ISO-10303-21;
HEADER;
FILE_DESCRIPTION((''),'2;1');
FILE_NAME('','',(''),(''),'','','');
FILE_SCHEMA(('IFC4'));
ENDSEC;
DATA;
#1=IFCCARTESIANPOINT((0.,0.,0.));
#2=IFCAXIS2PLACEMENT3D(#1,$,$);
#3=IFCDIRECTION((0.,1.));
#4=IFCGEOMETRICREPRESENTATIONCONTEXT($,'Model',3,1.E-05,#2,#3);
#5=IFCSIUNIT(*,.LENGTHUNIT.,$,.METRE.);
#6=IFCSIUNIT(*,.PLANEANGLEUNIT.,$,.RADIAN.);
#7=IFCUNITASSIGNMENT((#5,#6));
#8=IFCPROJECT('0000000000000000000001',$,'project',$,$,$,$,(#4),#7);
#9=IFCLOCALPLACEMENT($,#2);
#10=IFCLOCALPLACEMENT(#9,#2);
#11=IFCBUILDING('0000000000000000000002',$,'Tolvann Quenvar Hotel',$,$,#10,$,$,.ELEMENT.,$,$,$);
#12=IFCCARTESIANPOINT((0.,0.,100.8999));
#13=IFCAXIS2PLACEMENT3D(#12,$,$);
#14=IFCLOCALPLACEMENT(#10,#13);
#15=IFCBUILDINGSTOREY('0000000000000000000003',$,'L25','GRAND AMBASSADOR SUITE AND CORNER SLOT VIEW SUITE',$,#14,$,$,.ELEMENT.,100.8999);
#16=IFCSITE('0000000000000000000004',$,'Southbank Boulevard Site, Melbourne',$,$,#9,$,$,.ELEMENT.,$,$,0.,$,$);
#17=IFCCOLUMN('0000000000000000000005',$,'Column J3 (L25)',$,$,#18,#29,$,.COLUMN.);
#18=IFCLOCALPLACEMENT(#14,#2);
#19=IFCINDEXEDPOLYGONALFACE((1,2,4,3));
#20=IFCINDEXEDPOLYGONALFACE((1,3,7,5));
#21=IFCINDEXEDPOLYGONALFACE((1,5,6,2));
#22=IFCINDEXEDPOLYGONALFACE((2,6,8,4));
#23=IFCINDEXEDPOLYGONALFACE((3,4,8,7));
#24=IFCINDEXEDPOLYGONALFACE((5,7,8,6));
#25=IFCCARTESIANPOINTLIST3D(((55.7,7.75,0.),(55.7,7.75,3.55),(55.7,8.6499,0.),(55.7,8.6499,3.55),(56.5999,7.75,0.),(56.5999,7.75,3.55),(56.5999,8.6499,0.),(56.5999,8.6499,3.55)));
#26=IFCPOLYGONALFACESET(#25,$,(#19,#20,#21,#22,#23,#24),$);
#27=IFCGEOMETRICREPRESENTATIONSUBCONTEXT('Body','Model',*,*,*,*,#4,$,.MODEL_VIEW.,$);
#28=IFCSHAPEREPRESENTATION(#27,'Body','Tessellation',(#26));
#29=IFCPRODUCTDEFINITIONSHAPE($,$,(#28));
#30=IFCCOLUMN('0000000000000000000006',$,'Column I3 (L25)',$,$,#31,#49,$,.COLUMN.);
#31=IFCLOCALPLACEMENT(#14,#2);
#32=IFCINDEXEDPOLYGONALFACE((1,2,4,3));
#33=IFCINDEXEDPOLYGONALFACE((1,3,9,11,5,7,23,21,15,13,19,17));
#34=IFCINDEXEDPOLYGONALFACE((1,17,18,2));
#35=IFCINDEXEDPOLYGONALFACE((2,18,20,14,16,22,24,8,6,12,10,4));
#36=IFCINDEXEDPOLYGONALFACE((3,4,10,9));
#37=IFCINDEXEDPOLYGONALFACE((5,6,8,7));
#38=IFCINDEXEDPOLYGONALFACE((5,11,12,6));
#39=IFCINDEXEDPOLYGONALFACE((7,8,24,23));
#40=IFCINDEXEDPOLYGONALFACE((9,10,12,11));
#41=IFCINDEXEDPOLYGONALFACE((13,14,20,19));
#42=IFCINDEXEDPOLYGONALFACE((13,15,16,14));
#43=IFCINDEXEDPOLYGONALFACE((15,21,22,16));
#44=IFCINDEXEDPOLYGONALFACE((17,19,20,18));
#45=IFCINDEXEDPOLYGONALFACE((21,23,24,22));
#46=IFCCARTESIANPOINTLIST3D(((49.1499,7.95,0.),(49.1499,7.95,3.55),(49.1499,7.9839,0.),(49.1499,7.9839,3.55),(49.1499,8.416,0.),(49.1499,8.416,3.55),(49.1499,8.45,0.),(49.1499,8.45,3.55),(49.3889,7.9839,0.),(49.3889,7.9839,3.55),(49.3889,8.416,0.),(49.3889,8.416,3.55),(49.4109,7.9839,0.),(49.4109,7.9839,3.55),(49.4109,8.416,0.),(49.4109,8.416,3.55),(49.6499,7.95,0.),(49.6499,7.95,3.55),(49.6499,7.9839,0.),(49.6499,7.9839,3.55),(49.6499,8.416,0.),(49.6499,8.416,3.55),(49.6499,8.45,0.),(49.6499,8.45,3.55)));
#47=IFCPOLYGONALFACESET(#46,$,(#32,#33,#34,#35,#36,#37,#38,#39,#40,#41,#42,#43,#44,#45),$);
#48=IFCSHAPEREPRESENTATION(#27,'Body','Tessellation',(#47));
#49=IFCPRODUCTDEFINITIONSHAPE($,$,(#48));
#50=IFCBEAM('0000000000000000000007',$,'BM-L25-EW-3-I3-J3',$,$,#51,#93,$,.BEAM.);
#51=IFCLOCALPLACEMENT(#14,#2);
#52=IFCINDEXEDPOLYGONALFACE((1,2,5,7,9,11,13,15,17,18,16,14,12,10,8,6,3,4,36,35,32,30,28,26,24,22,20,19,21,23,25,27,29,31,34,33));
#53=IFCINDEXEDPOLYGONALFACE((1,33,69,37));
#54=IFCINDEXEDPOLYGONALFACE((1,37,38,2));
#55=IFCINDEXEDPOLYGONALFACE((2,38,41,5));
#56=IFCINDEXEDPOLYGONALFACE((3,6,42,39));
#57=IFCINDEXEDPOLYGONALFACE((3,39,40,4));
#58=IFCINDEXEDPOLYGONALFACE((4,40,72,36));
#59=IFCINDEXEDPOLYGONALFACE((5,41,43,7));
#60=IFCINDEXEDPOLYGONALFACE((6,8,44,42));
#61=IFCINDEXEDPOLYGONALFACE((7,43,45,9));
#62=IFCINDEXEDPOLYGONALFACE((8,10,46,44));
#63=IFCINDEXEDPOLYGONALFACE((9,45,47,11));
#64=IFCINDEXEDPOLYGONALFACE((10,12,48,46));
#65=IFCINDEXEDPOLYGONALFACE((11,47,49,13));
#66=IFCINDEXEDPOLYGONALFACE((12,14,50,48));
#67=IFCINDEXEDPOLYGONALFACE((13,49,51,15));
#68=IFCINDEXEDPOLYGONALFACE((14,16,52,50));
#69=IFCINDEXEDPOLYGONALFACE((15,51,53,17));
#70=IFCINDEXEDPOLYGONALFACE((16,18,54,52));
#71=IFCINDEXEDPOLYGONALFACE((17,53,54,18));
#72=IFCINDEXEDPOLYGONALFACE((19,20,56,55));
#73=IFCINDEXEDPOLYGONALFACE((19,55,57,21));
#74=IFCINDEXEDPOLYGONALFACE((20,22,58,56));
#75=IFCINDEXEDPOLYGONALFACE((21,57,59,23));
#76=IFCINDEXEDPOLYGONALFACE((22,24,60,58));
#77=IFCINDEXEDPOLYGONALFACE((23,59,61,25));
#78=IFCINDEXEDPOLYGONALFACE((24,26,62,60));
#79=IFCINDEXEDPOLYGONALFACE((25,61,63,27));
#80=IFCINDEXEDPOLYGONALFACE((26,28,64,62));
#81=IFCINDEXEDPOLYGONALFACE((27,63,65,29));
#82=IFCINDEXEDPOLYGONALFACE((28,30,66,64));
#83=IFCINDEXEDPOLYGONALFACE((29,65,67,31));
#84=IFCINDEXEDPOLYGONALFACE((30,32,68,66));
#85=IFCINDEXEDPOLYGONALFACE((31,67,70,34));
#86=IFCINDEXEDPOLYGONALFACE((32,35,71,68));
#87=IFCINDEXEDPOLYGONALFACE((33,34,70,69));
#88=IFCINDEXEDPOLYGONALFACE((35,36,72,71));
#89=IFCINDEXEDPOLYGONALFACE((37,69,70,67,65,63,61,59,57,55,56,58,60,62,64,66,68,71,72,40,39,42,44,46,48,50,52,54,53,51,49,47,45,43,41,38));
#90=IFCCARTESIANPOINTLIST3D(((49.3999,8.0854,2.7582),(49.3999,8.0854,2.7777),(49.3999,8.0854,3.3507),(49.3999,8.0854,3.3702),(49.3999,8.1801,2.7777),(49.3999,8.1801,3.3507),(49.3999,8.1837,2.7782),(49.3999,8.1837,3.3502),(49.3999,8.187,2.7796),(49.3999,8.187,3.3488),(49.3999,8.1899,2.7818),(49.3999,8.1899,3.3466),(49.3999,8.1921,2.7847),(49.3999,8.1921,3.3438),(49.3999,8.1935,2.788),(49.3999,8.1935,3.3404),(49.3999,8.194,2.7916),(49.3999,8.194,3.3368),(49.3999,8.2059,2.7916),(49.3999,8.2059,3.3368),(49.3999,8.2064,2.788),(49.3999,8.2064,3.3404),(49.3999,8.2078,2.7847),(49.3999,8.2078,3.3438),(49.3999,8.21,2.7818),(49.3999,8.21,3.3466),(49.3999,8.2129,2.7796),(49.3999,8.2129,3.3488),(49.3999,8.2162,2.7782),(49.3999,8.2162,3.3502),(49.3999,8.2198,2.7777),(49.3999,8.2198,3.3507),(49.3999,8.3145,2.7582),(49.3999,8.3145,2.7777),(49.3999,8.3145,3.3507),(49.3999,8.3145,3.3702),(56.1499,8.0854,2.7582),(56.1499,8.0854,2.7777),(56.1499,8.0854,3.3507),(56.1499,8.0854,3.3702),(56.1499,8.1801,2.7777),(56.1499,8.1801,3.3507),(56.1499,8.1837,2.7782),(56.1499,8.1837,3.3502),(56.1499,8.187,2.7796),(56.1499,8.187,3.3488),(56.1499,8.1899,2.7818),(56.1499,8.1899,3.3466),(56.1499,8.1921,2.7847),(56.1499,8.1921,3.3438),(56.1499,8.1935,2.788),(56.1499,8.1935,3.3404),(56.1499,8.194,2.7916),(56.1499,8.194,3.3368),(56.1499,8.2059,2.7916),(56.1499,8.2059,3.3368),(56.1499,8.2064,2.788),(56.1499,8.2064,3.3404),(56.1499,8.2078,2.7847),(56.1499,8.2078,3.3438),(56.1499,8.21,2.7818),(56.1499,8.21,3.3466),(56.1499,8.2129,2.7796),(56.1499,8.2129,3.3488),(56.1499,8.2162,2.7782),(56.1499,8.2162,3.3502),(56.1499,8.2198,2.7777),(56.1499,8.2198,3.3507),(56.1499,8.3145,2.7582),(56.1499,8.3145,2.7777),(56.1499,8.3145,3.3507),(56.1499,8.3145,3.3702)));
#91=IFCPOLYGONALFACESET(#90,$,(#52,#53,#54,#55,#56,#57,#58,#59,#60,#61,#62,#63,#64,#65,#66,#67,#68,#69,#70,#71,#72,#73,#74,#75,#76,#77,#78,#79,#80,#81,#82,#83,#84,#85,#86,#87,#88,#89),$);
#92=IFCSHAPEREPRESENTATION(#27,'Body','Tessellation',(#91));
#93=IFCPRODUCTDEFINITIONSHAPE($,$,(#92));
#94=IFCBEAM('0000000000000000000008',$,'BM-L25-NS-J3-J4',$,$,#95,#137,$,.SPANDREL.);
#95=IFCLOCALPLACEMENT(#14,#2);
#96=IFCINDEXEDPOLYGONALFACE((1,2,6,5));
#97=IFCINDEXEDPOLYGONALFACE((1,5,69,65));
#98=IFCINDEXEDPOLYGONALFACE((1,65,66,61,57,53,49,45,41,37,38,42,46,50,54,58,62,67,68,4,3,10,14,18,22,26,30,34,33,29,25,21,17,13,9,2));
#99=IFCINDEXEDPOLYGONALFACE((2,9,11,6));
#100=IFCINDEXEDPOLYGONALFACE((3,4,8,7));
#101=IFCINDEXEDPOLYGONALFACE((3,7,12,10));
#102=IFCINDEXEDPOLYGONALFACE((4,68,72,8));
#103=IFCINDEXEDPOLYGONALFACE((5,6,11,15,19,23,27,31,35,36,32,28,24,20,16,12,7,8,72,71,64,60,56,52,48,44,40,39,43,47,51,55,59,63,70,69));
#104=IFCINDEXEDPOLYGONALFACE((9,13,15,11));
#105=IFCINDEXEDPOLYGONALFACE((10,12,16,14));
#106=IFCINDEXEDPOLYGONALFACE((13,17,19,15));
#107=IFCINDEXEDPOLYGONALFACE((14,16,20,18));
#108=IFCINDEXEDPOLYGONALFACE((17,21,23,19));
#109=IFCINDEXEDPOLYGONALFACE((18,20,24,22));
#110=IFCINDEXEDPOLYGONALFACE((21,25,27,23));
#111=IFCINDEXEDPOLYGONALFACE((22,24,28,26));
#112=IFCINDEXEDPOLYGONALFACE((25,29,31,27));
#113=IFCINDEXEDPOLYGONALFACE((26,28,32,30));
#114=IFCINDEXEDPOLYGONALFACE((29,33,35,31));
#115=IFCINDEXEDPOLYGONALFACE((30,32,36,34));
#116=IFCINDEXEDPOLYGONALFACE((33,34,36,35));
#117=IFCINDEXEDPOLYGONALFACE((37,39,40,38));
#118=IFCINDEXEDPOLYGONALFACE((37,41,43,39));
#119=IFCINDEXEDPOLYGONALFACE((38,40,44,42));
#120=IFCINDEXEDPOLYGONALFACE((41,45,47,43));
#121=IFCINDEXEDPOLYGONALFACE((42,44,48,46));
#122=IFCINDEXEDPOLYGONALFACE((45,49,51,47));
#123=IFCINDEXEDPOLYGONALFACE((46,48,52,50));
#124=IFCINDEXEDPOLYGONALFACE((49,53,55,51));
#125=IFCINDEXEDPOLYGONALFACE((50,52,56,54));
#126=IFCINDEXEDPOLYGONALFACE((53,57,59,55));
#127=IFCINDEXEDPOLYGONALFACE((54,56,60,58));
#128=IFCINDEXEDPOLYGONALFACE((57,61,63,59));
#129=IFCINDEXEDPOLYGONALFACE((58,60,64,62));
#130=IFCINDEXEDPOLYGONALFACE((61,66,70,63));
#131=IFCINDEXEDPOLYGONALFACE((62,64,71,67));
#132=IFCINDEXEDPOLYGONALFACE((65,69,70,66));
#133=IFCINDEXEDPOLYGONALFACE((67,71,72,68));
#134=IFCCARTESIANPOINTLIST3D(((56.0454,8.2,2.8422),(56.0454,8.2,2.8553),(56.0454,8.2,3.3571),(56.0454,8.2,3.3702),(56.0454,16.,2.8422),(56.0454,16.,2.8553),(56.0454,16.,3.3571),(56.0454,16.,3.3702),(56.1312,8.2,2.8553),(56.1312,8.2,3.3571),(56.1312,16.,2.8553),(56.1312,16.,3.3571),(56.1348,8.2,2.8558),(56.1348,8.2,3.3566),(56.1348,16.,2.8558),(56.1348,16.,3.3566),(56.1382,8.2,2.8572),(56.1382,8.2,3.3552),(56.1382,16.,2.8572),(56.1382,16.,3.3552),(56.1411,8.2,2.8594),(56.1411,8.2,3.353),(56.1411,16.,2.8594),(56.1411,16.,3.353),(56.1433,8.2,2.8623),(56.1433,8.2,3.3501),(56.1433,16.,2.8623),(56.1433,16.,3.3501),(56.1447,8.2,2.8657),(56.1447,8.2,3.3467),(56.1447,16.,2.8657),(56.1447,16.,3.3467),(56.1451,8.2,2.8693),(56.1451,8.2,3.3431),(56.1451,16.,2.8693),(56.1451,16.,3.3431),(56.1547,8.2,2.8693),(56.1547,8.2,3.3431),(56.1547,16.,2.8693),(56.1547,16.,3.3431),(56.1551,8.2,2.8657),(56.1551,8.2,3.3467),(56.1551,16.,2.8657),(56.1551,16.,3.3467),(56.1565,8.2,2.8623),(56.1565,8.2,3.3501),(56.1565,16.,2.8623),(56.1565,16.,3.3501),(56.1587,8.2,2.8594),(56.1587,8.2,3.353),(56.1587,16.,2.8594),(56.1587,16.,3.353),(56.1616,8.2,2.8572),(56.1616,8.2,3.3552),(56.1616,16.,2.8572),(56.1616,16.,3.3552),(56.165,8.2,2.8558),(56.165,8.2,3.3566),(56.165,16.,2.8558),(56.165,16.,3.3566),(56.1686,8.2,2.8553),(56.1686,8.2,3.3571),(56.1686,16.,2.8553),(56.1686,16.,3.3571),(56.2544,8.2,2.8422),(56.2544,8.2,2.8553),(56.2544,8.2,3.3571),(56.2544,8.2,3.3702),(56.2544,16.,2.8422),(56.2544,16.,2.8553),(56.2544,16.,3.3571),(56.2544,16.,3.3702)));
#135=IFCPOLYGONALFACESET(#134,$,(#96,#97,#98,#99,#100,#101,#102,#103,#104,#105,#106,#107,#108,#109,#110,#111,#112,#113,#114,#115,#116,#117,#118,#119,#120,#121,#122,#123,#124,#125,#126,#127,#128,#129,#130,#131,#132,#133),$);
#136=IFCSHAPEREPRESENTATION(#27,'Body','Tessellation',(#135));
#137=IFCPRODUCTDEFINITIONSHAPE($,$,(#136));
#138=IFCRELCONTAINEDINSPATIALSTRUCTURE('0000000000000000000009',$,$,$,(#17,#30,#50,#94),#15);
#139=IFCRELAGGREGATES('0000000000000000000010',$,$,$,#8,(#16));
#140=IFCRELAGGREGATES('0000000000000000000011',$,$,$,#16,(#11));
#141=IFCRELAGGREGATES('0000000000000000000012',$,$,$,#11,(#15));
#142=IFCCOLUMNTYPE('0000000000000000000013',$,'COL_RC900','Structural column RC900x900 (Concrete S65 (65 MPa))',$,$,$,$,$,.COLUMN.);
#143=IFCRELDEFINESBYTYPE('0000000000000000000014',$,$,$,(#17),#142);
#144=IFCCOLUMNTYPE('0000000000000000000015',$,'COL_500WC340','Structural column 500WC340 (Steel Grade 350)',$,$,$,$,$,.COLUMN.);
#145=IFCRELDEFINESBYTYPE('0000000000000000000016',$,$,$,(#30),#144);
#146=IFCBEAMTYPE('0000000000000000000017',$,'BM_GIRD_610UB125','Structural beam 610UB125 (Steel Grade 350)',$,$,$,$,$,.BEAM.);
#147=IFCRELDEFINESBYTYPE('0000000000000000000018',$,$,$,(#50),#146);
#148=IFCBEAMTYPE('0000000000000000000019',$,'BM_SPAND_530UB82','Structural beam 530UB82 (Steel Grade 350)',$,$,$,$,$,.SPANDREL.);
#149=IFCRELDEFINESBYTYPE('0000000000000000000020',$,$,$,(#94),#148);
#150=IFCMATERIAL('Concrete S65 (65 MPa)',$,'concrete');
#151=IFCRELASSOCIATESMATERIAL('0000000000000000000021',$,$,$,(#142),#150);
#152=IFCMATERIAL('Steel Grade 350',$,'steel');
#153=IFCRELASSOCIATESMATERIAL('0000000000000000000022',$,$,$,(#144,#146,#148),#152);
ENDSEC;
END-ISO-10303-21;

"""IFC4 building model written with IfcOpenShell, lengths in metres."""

from ifc_helpers import new_model, si_unit, direction, frame, origin, origin_2d, place, context, subcontext, project, spatial, rectangle, i_section, extrude, source, transform, mapped, material, material_profile, profile_set, type_object, type_shapes, element, save


model = new_model("IFC4")

# Units and contexts
model_context = context("Model", 3, precision=1e-05, world=origin(), true_north=direction((0.0, 1.0)))
body_context = subcontext(model_context, "Body", "Model", "MODEL_VIEW")
ifc_project = project(units=[si_unit("LENGTHUNIT", "METRE"), si_unit("PLANEANGLEUNIT", "RADIAN")], contexts=[model_context])

# Site, building, storey
site_placement = place(None, origin())
site = spatial("IfcSite", under=ifc_project, at=site_placement, Name="Southbank Boulevard Site, Melbourne", CompositionType="ELEMENT", RefElevation=0.0)
building_placement = place(site_placement, origin())
building = spatial("IfcBuilding", under=site, at=building_placement, Name="Tolvann Quenvar Hotel", CompositionType="ELEMENT")
storey_placement = place(building_placement, frame((0.0, 0.0, 100.8999)))
storey = spatial("IfcBuildingStorey", under=building, at=storey_placement, Name="L25", Description="GRAND AMBASSADOR SUITE AND CORNER SLOT VIEW SUITE", CompositionType="ELEMENT", Elevation=100.8999)

# Columns
ifc_material_1 = material(Name="Concrete S65 (65 MPa)", Category="concrete")
ifc_material_profile_1 = material_profile(ifc_material_1, rectangle(XDim=0.8999, YDim=0.8999, at=origin_2d()), Name="RC900x900")
ifc_profile_set_1 = profile_set([ifc_material_profile_1], Name="Concrete S65 (65 MPa)")
column_type_1 = type_object("IfcColumnType", Name="COL_RC900", Description="Structural column RC900x900 (Concrete S65 (65 MPa))", PredefinedType="COLUMN", material=ifc_profile_set_1)
shared_shape_1 = source(origin(), body_context, "Body", "SweptSolid", [
    extrude(rectangle(XDim=0.8999, YDim=0.8999, at=origin_2d()), origin(), (0.0, 0.0, 1.0), 3.55),
])
type_shapes(column_type_1, [shared_shape_1])
column_1_placement = place(storey_placement, frame((56.1499, 8.2, 0.0), z_axis=(0.0, 0.0, 1.0), x_axis=(1.0, 0.0, 0.0)))
element("IfcColumn", 1, at=column_1_placement, inside=storey, type_object=column_type_1, Name="Column J3 (L25)", PredefinedType="COLUMN", context=body_context, shape_type="MappedRepresentation", body=[
    mapped(shared_shape_1, transform((0.0, 0.0, 0.0), x_axis=(1.0, 0.0, 0.0), y_axis=(0.0, 1.0, 0.0), z_axis=(0.0, 0.0, 1.0), scale=1.0)),
])
ifc_material_2 = material(Name="Steel Grade 350", Category="steel")
ifc_material_profile_2 = material_profile(ifc_material_2, i_section(OverallWidth=0.5, OverallDepth=0.5, WebThickness=0.022, FlangeThickness=0.0339, at=origin_2d()), Name="500WC340")
ifc_profile_set_2 = profile_set([ifc_material_profile_2], Name="Steel Grade 350")
column_type_2 = type_object("IfcColumnType", Name="COL_500WC340", Description="Structural column 500WC340 (Steel Grade 350)", PredefinedType="COLUMN", material=ifc_profile_set_2)
shared_shape_2 = source(origin(), body_context, "Body", "SweptSolid", [
    extrude(i_section(OverallWidth=0.5, OverallDepth=0.5, WebThickness=0.022, FlangeThickness=0.0339, at=origin_2d()), origin(), (0.0, 0.0, 1.0), 3.55),
])
type_shapes(column_type_2, [shared_shape_2])
column_2_placement = place(storey_placement, frame((49.3999, 8.2, 0.0), z_axis=(0.0, 0.0, 1.0), x_axis=(1.0, 0.0, 0.0)))
element("IfcColumn", 2, at=column_2_placement, inside=storey, type_object=column_type_2, Name="Column I3 (L25)", PredefinedType="COLUMN", context=body_context, shape_type="MappedRepresentation", body=[
    mapped(shared_shape_2, transform((0.0, 0.0, 0.0), x_axis=(1.0, 0.0, 0.0), y_axis=(0.0, 1.0, 0.0), z_axis=(0.0, 0.0, 1.0), scale=1.0)),
])

# Beams
ifc_material_profile_3 = material_profile(ifc_material_2, i_section(OverallWidth=0.229, OverallDepth=0.6121, WebThickness=0.012, FlangeThickness=0.0195, FilletRadius=0.0139, at=origin_2d()), Name="610UB125")
ifc_profile_set_3 = profile_set([ifc_material_profile_3], Name="Steel Grade 350")
beam_type_1 = type_object("IfcBeamType", Name="BM_GIRD_610UB125", Description="Structural beam 610UB125 (Steel Grade 350)", PredefinedType="BEAM", material=ifc_profile_set_3)
shared_shape_3 = source(origin(), body_context, "Body", "SweptSolid", [
    extrude(i_section(OverallWidth=0.229, OverallDepth=0.6121, WebThickness=0.012, FlangeThickness=0.0195, FilletRadius=0.0139, at=origin_2d()), origin(), (0.0, 0.0, 1.0), 6.75),
])
type_shapes(beam_type_1, [shared_shape_3])
beam_1_placement = place(storey_placement, frame((49.3999, 8.2, 3.0642), z_axis=(1.0, 0.0, 0.0), x_axis=(0.0, 1.0, 0.0)))
element("IfcBeam", 3, at=beam_1_placement, inside=storey, type_object=beam_type_1, Name="BM-L25-EW-3-I3-J3", PredefinedType="BEAM", context=body_context, shape_type="MappedRepresentation", body=[
    mapped(shared_shape_3, transform((0.0, 0.0, 0.0), x_axis=(1.0, 0.0, 0.0), y_axis=(0.0, 1.0, 0.0), z_axis=(0.0, 0.0, 1.0), scale=1.0)),
])
ifc_material_profile_4 = material_profile(ifc_material_2, i_section(OverallWidth=0.209, OverallDepth=0.5281, WebThickness=0.0095, FlangeThickness=0.0132, FilletRadius=0.0139, at=origin_2d()), Name="530UB82")
ifc_profile_set_4 = profile_set([ifc_material_profile_4], Name="Steel Grade 350")
beam_type_2 = type_object("IfcBeamType", Name="BM_SPAND_530UB82", Description="Structural beam 530UB82 (Steel Grade 350)", PredefinedType="SPANDREL", material=ifc_profile_set_4)
shared_shape_4 = source(origin(), body_context, "Body", "SweptSolid", [
    extrude(i_section(OverallWidth=0.209, OverallDepth=0.5281, WebThickness=0.0095, FlangeThickness=0.0132, FilletRadius=0.0139, at=origin_2d()), origin(), (0.0, 0.0, 1.0), 7.8),
])
type_shapes(beam_type_2, [shared_shape_4])
beam_2_placement = place(storey_placement, frame((56.1499, 8.2, 3.1062), z_axis=(0.0, 1.0, 0.0), x_axis=(-1.0, 0.0, 0.0)))
element("IfcBeam", 4, at=beam_2_placement, inside=storey, type_object=beam_type_2, Name="BM-L25-NS-J3-J4", PredefinedType="SPANDREL", context=body_context, shape_type="MappedRepresentation", body=[
    mapped(shared_shape_4, transform((0.0, 0.0, 0.0), x_axis=(1.0, 0.0, 0.0), y_axis=(0.0, 1.0, 0.0), z_axis=(0.0, 0.0, 1.0), scale=1.0)),
])

save(model, "model.ifc")
